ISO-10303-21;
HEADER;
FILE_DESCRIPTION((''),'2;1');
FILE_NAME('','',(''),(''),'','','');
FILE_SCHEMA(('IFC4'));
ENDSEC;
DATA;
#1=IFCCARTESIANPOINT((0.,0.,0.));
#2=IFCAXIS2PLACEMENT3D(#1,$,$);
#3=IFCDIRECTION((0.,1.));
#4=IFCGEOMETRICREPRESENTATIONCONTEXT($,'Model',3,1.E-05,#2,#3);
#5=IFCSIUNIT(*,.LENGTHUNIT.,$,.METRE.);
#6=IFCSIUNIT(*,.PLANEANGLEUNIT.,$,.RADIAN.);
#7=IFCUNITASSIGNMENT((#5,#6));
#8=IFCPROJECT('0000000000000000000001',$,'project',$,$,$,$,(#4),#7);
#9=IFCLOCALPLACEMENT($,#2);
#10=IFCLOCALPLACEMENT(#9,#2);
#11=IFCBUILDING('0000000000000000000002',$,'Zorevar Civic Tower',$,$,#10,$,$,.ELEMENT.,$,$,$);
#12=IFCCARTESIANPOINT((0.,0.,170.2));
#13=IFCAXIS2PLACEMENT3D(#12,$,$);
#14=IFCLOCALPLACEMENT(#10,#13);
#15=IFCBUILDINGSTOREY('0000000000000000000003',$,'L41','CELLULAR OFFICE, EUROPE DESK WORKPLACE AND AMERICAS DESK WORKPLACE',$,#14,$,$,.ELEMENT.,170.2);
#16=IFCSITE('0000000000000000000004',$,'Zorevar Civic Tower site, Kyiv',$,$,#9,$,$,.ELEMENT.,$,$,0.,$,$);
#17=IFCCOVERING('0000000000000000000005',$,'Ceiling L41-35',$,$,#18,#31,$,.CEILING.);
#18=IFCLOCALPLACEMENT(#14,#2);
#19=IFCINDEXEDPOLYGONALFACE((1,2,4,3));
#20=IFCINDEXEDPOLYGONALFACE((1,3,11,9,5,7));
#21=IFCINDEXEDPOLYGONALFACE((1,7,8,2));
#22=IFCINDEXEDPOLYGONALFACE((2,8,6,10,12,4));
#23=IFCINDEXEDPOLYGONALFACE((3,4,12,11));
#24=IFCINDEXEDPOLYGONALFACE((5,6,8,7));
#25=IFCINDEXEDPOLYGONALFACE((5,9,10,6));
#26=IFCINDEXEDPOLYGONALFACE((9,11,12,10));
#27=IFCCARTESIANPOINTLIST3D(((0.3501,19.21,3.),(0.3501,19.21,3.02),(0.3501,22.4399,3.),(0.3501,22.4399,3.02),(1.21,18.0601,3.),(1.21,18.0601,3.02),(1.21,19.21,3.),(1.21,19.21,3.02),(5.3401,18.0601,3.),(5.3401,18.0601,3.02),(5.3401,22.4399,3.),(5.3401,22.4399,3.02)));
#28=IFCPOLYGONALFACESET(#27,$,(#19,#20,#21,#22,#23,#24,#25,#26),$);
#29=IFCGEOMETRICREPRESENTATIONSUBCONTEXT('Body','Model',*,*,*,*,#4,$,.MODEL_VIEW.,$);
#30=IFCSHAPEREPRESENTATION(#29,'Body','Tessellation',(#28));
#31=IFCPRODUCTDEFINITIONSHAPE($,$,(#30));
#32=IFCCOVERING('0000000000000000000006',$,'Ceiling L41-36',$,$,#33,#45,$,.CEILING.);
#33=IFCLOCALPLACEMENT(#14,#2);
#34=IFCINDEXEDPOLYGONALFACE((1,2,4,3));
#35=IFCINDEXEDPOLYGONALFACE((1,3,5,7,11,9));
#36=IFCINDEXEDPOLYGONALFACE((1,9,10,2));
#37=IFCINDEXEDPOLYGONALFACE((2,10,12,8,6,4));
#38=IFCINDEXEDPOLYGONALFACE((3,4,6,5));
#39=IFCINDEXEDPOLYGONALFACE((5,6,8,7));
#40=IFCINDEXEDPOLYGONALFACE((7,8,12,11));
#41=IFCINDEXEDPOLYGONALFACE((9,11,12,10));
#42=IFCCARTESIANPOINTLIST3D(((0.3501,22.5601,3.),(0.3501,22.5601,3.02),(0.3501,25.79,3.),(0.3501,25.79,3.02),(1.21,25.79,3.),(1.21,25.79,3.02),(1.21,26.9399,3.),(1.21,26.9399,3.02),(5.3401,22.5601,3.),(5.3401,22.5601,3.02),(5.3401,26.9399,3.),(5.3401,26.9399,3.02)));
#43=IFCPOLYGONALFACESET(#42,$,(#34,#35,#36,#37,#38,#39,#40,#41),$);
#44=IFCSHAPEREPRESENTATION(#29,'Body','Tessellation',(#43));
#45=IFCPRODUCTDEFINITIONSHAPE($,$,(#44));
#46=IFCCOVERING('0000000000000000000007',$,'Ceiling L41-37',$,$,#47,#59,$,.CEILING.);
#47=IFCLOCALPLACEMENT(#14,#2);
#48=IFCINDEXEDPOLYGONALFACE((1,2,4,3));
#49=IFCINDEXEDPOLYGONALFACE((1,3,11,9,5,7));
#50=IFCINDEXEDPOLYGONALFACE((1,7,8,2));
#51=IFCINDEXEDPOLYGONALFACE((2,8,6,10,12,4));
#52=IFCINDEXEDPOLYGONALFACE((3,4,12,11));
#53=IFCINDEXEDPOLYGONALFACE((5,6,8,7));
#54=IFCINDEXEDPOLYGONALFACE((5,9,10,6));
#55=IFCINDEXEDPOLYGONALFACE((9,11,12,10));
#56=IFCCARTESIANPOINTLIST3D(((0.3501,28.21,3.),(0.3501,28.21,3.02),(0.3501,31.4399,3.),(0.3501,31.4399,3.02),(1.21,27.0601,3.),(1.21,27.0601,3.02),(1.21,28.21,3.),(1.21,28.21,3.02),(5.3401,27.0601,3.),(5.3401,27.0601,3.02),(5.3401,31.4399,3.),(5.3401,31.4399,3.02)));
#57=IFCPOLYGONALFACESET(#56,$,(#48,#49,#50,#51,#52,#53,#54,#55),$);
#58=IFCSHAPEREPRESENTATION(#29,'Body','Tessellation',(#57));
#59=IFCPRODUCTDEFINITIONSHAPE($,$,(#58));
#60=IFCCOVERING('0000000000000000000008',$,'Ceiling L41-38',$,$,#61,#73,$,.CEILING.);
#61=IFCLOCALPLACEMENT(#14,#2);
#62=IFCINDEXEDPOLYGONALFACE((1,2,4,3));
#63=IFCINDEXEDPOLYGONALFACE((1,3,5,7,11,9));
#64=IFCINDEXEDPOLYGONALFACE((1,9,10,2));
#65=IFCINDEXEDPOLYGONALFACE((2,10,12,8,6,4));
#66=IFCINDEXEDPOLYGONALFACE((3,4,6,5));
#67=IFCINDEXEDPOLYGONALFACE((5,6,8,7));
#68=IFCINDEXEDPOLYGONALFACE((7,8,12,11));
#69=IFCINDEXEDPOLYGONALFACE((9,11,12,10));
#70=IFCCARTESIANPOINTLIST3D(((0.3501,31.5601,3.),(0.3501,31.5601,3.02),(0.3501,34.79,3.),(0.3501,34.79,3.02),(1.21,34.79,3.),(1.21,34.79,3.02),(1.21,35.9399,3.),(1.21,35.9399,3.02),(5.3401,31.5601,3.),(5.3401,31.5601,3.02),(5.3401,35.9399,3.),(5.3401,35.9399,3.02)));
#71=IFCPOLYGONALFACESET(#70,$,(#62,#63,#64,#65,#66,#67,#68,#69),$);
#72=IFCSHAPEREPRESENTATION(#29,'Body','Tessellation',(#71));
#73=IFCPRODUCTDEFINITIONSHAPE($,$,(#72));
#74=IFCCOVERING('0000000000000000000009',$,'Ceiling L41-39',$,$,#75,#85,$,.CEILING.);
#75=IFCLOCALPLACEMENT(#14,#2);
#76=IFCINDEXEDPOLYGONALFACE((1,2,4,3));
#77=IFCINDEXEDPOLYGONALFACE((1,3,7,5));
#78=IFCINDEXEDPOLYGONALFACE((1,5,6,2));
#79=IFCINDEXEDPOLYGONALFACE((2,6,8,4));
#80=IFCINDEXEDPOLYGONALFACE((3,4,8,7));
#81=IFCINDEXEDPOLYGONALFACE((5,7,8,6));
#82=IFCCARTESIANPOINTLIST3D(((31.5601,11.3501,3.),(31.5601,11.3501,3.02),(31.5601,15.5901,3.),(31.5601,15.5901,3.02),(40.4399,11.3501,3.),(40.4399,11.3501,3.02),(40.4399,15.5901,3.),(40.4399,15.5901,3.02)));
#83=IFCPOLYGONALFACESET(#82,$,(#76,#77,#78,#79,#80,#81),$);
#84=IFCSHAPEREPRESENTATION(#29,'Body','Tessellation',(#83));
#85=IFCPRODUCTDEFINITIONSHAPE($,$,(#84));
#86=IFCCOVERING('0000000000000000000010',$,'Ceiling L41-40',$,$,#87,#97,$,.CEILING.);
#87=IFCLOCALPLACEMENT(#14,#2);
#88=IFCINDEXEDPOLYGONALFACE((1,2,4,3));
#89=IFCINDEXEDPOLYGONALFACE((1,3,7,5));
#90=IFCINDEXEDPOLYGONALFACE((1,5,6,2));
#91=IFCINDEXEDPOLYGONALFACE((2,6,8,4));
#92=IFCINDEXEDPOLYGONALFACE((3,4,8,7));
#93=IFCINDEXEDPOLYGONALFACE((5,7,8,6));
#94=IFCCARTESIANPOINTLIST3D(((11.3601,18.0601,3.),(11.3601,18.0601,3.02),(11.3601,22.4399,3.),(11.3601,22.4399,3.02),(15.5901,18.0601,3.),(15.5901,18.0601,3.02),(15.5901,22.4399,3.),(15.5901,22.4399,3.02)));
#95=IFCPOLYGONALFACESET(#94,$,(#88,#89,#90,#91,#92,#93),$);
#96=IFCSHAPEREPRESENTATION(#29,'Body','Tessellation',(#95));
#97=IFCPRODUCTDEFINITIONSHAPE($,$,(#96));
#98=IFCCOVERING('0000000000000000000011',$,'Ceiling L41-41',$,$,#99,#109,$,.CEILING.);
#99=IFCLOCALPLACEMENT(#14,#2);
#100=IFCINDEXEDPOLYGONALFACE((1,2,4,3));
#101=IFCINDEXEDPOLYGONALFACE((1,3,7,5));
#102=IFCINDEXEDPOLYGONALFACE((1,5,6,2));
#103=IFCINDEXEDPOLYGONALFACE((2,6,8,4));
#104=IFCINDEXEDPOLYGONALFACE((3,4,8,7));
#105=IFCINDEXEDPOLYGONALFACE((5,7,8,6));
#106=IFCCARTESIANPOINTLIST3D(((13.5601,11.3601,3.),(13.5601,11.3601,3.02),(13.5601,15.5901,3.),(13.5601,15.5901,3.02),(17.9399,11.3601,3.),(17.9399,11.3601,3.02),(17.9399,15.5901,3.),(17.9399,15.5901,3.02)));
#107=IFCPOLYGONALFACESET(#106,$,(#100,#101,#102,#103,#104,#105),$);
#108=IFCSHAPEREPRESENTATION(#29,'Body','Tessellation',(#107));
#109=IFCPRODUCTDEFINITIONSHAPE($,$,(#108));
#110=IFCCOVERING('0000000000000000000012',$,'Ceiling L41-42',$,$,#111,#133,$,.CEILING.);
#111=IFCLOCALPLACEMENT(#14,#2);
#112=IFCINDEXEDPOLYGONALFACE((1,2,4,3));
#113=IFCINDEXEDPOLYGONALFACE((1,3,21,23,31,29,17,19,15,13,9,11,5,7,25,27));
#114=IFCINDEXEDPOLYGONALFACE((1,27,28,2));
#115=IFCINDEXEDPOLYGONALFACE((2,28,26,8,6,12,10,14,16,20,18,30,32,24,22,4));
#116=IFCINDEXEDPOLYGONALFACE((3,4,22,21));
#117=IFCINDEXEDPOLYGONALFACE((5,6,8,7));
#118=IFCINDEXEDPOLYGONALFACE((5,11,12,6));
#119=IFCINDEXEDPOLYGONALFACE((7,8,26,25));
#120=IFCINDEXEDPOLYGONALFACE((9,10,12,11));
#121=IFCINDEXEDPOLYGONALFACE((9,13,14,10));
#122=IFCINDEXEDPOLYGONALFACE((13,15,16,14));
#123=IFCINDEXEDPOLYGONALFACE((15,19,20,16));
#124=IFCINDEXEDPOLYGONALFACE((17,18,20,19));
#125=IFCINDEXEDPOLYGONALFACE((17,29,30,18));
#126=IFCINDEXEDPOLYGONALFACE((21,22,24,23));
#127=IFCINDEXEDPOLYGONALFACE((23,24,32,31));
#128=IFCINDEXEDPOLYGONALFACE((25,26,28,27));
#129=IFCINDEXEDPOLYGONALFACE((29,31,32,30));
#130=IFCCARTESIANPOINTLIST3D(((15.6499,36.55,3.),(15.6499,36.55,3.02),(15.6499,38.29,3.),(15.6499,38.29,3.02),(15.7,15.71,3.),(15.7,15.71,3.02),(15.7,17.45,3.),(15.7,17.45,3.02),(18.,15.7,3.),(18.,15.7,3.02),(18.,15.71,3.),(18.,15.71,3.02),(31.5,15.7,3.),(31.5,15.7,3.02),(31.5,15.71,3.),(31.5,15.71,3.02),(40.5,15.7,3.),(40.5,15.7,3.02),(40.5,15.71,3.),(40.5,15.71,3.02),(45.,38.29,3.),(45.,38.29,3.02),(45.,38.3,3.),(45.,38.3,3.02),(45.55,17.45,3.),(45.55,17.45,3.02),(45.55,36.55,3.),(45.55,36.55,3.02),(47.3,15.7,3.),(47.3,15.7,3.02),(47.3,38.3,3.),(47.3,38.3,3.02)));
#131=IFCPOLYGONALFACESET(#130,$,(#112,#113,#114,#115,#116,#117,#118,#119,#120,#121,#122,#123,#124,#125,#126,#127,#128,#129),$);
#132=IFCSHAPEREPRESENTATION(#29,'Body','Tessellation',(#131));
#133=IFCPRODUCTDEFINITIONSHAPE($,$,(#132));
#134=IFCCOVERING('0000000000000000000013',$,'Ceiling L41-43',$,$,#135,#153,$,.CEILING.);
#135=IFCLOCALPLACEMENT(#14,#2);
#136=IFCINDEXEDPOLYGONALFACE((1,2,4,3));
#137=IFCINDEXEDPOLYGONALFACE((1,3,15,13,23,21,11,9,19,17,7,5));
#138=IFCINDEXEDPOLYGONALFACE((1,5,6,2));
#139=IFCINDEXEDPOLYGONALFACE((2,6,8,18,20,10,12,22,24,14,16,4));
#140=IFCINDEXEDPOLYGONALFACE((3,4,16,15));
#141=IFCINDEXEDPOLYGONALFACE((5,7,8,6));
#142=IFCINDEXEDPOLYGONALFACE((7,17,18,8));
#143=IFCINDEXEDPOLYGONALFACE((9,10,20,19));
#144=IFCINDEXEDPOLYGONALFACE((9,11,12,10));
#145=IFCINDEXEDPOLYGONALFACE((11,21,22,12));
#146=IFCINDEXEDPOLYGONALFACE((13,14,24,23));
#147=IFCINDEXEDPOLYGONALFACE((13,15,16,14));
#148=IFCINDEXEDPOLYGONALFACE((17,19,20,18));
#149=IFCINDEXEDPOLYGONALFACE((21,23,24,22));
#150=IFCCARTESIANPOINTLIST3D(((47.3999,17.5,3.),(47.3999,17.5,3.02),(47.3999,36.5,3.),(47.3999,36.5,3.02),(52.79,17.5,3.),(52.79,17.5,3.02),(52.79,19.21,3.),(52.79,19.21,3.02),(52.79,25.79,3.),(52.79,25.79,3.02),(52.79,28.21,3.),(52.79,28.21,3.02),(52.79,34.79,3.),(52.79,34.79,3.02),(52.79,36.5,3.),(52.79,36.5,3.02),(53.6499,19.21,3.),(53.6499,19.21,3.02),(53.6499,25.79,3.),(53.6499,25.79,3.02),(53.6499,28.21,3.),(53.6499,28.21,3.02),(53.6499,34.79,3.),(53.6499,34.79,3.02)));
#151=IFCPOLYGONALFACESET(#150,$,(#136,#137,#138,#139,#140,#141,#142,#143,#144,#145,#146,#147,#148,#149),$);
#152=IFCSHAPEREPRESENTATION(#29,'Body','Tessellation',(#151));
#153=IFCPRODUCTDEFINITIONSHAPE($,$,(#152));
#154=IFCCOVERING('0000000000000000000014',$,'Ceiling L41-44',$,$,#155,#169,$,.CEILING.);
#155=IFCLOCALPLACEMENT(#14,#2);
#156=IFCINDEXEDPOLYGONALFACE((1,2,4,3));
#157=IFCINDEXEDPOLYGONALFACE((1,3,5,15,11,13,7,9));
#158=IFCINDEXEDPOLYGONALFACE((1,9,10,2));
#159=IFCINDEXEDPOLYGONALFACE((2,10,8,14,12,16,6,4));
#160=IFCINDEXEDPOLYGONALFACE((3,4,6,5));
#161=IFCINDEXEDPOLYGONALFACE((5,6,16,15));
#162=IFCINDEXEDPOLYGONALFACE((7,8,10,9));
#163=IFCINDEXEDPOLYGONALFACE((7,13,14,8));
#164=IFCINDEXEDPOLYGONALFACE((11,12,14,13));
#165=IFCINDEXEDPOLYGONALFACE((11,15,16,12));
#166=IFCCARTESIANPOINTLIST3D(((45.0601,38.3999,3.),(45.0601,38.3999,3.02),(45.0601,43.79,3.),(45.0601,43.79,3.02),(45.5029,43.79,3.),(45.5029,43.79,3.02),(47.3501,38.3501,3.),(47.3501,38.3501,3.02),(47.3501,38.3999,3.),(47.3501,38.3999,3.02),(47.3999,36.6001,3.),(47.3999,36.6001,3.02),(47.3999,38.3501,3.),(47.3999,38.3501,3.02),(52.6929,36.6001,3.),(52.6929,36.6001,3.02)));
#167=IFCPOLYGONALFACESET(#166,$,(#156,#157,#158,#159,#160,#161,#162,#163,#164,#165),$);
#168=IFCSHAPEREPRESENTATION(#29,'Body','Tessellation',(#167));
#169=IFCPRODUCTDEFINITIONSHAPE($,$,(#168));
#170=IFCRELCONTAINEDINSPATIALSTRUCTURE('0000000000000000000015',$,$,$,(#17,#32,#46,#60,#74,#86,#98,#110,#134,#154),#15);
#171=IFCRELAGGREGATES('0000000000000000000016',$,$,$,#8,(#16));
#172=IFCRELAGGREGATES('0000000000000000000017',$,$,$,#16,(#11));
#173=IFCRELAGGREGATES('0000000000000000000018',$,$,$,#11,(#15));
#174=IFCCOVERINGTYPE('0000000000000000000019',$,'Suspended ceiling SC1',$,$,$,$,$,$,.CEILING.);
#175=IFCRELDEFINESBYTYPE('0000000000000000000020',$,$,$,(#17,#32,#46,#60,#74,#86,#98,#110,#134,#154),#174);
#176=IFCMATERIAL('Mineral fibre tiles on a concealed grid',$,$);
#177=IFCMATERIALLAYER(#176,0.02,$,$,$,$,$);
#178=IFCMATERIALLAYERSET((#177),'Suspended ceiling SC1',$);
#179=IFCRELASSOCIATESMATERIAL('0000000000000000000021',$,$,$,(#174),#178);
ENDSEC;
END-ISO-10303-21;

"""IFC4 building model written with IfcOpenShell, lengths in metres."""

from ifc_helpers import new_model, si_unit, direction, frame, origin, place, context, subcontext, project, spatial, polyline, outline, extrude, material, layer, layer_set, type_object, element, save


model = new_model("IFC4")

# Units and contexts
model_context = context("Model", 3, precision=1e-05, world=origin(), true_north=direction((0.0, 1.0)))
body_context = subcontext(model_context, "Body", "Model", "MODEL_VIEW")
ifc_project = project(units=[si_unit("LENGTHUNIT", "METRE"), si_unit("PLANEANGLEUNIT", "RADIAN")], contexts=[model_context])

# Site, building, storey
site_placement = place(None, origin())
site = spatial("IfcSite", under=ifc_project, at=site_placement, Name="Zorevar Civic Tower site, Kyiv", CompositionType="ELEMENT", RefElevation=0.0)
building_placement = place(site_placement, origin())
building = spatial("IfcBuilding", under=site, at=building_placement, Name="Zorevar Civic Tower", CompositionType="ELEMENT")
storey_placement = place(building_placement, frame((0.0, 0.0, 170.2)))
storey = spatial("IfcBuildingStorey", under=building, at=storey_placement, Name="L41", Description="CELLULAR OFFICE, EUROPE DESK WORKPLACE AND AMERICAS DESK WORKPLACE", CompositionType="ELEMENT", Elevation=170.2)

# Coverings
ifc_material_1 = material(Name="Mineral fibre tiles on a concealed grid")
ifc_layer_1 = layer(ifc_material_1, 0.02)
ifc_layer_set_1 = layer_set([ifc_layer_1], Name="Suspended ceiling SC1")
covering_type_1 = type_object("IfcCoveringType", Name="Suspended ceiling SC1", PredefinedType="CEILING", material=ifc_layer_set_1)
covering_1_placement = place(storey_placement, frame((0.0, 0.0, 3.0)))
element("IfcCovering", 1, at=covering_1_placement, inside=storey, type_object=covering_type_1, Name="Ceiling L41-35", PredefinedType="CEILING", context=body_context, shape_type="SweptSolid", body=[
    extrude(outline(polyline([(5.3401, 18.0601), (1.21, 18.0601), (1.21, 19.21), (0.3501, 19.21), (0.3501, 22.4399), (5.3401, 22.4399), (5.3401, 18.0601)])), origin(), (0.0, 0.0, 1.0), 0.02),
])
covering_2_placement = place(storey_placement, frame((0.0, 0.0, 3.0)))
element("IfcCovering", 2, at=covering_2_placement, inside=storey, type_object=covering_type_1, Name="Ceiling L41-36", PredefinedType="CEILING", context=body_context, shape_type="SweptSolid", body=[
    extrude(outline(polyline([(5.3401, 22.5601), (0.3501, 22.5601), (0.3501, 25.79), (1.21, 25.79), (1.21, 26.9399), (5.3401, 26.9399), (5.3401, 22.5601)])), origin(), (0.0, 0.0, 1.0), 0.02),
])
covering_3_placement = place(storey_placement, frame((0.0, 0.0, 3.0)))
element("IfcCovering", 3, at=covering_3_placement, inside=storey, type_object=covering_type_1, Name="Ceiling L41-37", PredefinedType="CEILING", context=body_context, shape_type="SweptSolid", body=[
    extrude(outline(polyline([(5.3401, 27.0601), (1.21, 27.0601), (1.21, 28.21), (0.3501, 28.21), (0.3501, 31.4399), (5.3401, 31.4399), (5.3401, 27.0601)])), origin(), (0.0, 0.0, 1.0), 0.02),
])
covering_4_placement = place(storey_placement, frame((0.0, 0.0, 3.0)))
element("IfcCovering", 4, at=covering_4_placement, inside=storey, type_object=covering_type_1, Name="Ceiling L41-38", PredefinedType="CEILING", context=body_context, shape_type="SweptSolid", body=[
    extrude(outline(polyline([(5.3401, 31.5601), (0.3501, 31.5601), (0.3501, 34.79), (1.21, 34.79), (1.21, 35.9399), (5.3401, 35.9399), (5.3401, 31.5601)])), origin(), (0.0, 0.0, 1.0), 0.02),
])
covering_5_placement = place(storey_placement, frame((0.0, 0.0, 3.0)))
element("IfcCovering", 5, at=covering_5_placement, inside=storey, type_object=covering_type_1, Name="Ceiling L41-39", PredefinedType="CEILING", context=body_context, shape_type="SweptSolid", body=[
    extrude(outline(polyline([(40.4399, 15.5901), (40.4399, 11.3501), (31.5601, 11.3501), (31.5601, 15.5901), (40.4399, 15.5901)])), origin(), (0.0, 0.0, 1.0), 0.02),
])
covering_6_placement = place(storey_placement, frame((0.0, 0.0, 3.0)))
element("IfcCovering", 6, at=covering_6_placement, inside=storey, type_object=covering_type_1, Name="Ceiling L41-40", PredefinedType="CEILING", context=body_context, shape_type="SweptSolid", body=[
    extrude(outline(polyline([(11.3601, 22.4399), (15.5901, 22.4399), (15.5901, 18.0601), (11.3601, 18.0601), (11.3601, 22.4399)])), origin(), (0.0, 0.0, 1.0), 0.02),
])
covering_7_placement = place(storey_placement, frame((0.0, 0.0, 3.0)))
element("IfcCovering", 7, at=covering_7_placement, inside=storey, type_object=covering_type_1, Name="Ceiling L41-41", PredefinedType="CEILING", context=body_context, shape_type="SweptSolid", body=[
    extrude(outline(polyline([(13.5601, 15.5901), (17.9399, 15.5901), (17.9399, 11.3601), (13.5601, 11.3601), (13.5601, 15.5901)])), origin(), (0.0, 0.0, 1.0), 0.02),
])
covering_8_placement = place(storey_placement, frame((0.0, 0.0, 3.0)))
element("IfcCovering", 8, at=covering_8_placement, inside=storey, type_object=covering_type_1, Name="Ceiling L41-42", PredefinedType="CEILING", context=body_context, shape_type="SweptSolid", body=[
    extrude(outline(polyline([(15.6499, 38.29), (45.0, 38.29), (45.0, 38.3), (47.3, 38.3), (47.3, 15.7), (40.5, 15.7), (40.5, 15.71), (31.5, 15.71), (31.5, 15.7), (18.0, 15.7), (18.0, 15.71), (15.7, 15.71), (15.7, 17.45), (45.55, 17.45), (45.55, 36.55), (15.6499, 36.55), (15.6499, 38.29)])), origin(), (0.0, 0.0, 1.0), 0.02),
])
covering_9_placement = place(storey_placement, frame((0.0, 0.0, 3.0)))
element("IfcCovering", 9, at=covering_9_placement, inside=storey, type_object=covering_type_1, Name="Ceiling L41-43", PredefinedType="CEILING", context=body_context, shape_type="SweptSolid", body=[
    extrude(outline(polyline([(53.6499, 28.21), (52.79, 28.21), (52.79, 25.79), (53.6499, 25.79), (53.6499, 19.21), (52.79, 19.21), (52.79, 17.5), (47.3999, 17.5), (47.3999, 36.5), (52.79, 36.5), (52.79, 34.79), (53.6499, 34.79), (53.6499, 28.21)])), origin(), (0.0, 0.0, 1.0), 0.02),
])
covering_10_placement = place(storey_placement, frame((0.0, 0.0, 3.0)))
element("IfcCovering", 10, at=covering_10_placement, inside=storey, type_object=covering_type_1, Name="Ceiling L41-44", PredefinedType="CEILING", context=body_context, shape_type="SweptSolid", body=[
    extrude(outline(polyline([(47.3999, 36.6001), (47.3999, 38.3501), (47.3501, 38.3501), (47.3501, 38.3999), (45.0601, 38.3999), (45.0601, 43.79), (45.5029, 43.79), (52.6929, 36.6001), (47.3999, 36.6001)])), origin(), (0.0, 0.0, 1.0), 0.02),
])

save(model, "model.ifc")
